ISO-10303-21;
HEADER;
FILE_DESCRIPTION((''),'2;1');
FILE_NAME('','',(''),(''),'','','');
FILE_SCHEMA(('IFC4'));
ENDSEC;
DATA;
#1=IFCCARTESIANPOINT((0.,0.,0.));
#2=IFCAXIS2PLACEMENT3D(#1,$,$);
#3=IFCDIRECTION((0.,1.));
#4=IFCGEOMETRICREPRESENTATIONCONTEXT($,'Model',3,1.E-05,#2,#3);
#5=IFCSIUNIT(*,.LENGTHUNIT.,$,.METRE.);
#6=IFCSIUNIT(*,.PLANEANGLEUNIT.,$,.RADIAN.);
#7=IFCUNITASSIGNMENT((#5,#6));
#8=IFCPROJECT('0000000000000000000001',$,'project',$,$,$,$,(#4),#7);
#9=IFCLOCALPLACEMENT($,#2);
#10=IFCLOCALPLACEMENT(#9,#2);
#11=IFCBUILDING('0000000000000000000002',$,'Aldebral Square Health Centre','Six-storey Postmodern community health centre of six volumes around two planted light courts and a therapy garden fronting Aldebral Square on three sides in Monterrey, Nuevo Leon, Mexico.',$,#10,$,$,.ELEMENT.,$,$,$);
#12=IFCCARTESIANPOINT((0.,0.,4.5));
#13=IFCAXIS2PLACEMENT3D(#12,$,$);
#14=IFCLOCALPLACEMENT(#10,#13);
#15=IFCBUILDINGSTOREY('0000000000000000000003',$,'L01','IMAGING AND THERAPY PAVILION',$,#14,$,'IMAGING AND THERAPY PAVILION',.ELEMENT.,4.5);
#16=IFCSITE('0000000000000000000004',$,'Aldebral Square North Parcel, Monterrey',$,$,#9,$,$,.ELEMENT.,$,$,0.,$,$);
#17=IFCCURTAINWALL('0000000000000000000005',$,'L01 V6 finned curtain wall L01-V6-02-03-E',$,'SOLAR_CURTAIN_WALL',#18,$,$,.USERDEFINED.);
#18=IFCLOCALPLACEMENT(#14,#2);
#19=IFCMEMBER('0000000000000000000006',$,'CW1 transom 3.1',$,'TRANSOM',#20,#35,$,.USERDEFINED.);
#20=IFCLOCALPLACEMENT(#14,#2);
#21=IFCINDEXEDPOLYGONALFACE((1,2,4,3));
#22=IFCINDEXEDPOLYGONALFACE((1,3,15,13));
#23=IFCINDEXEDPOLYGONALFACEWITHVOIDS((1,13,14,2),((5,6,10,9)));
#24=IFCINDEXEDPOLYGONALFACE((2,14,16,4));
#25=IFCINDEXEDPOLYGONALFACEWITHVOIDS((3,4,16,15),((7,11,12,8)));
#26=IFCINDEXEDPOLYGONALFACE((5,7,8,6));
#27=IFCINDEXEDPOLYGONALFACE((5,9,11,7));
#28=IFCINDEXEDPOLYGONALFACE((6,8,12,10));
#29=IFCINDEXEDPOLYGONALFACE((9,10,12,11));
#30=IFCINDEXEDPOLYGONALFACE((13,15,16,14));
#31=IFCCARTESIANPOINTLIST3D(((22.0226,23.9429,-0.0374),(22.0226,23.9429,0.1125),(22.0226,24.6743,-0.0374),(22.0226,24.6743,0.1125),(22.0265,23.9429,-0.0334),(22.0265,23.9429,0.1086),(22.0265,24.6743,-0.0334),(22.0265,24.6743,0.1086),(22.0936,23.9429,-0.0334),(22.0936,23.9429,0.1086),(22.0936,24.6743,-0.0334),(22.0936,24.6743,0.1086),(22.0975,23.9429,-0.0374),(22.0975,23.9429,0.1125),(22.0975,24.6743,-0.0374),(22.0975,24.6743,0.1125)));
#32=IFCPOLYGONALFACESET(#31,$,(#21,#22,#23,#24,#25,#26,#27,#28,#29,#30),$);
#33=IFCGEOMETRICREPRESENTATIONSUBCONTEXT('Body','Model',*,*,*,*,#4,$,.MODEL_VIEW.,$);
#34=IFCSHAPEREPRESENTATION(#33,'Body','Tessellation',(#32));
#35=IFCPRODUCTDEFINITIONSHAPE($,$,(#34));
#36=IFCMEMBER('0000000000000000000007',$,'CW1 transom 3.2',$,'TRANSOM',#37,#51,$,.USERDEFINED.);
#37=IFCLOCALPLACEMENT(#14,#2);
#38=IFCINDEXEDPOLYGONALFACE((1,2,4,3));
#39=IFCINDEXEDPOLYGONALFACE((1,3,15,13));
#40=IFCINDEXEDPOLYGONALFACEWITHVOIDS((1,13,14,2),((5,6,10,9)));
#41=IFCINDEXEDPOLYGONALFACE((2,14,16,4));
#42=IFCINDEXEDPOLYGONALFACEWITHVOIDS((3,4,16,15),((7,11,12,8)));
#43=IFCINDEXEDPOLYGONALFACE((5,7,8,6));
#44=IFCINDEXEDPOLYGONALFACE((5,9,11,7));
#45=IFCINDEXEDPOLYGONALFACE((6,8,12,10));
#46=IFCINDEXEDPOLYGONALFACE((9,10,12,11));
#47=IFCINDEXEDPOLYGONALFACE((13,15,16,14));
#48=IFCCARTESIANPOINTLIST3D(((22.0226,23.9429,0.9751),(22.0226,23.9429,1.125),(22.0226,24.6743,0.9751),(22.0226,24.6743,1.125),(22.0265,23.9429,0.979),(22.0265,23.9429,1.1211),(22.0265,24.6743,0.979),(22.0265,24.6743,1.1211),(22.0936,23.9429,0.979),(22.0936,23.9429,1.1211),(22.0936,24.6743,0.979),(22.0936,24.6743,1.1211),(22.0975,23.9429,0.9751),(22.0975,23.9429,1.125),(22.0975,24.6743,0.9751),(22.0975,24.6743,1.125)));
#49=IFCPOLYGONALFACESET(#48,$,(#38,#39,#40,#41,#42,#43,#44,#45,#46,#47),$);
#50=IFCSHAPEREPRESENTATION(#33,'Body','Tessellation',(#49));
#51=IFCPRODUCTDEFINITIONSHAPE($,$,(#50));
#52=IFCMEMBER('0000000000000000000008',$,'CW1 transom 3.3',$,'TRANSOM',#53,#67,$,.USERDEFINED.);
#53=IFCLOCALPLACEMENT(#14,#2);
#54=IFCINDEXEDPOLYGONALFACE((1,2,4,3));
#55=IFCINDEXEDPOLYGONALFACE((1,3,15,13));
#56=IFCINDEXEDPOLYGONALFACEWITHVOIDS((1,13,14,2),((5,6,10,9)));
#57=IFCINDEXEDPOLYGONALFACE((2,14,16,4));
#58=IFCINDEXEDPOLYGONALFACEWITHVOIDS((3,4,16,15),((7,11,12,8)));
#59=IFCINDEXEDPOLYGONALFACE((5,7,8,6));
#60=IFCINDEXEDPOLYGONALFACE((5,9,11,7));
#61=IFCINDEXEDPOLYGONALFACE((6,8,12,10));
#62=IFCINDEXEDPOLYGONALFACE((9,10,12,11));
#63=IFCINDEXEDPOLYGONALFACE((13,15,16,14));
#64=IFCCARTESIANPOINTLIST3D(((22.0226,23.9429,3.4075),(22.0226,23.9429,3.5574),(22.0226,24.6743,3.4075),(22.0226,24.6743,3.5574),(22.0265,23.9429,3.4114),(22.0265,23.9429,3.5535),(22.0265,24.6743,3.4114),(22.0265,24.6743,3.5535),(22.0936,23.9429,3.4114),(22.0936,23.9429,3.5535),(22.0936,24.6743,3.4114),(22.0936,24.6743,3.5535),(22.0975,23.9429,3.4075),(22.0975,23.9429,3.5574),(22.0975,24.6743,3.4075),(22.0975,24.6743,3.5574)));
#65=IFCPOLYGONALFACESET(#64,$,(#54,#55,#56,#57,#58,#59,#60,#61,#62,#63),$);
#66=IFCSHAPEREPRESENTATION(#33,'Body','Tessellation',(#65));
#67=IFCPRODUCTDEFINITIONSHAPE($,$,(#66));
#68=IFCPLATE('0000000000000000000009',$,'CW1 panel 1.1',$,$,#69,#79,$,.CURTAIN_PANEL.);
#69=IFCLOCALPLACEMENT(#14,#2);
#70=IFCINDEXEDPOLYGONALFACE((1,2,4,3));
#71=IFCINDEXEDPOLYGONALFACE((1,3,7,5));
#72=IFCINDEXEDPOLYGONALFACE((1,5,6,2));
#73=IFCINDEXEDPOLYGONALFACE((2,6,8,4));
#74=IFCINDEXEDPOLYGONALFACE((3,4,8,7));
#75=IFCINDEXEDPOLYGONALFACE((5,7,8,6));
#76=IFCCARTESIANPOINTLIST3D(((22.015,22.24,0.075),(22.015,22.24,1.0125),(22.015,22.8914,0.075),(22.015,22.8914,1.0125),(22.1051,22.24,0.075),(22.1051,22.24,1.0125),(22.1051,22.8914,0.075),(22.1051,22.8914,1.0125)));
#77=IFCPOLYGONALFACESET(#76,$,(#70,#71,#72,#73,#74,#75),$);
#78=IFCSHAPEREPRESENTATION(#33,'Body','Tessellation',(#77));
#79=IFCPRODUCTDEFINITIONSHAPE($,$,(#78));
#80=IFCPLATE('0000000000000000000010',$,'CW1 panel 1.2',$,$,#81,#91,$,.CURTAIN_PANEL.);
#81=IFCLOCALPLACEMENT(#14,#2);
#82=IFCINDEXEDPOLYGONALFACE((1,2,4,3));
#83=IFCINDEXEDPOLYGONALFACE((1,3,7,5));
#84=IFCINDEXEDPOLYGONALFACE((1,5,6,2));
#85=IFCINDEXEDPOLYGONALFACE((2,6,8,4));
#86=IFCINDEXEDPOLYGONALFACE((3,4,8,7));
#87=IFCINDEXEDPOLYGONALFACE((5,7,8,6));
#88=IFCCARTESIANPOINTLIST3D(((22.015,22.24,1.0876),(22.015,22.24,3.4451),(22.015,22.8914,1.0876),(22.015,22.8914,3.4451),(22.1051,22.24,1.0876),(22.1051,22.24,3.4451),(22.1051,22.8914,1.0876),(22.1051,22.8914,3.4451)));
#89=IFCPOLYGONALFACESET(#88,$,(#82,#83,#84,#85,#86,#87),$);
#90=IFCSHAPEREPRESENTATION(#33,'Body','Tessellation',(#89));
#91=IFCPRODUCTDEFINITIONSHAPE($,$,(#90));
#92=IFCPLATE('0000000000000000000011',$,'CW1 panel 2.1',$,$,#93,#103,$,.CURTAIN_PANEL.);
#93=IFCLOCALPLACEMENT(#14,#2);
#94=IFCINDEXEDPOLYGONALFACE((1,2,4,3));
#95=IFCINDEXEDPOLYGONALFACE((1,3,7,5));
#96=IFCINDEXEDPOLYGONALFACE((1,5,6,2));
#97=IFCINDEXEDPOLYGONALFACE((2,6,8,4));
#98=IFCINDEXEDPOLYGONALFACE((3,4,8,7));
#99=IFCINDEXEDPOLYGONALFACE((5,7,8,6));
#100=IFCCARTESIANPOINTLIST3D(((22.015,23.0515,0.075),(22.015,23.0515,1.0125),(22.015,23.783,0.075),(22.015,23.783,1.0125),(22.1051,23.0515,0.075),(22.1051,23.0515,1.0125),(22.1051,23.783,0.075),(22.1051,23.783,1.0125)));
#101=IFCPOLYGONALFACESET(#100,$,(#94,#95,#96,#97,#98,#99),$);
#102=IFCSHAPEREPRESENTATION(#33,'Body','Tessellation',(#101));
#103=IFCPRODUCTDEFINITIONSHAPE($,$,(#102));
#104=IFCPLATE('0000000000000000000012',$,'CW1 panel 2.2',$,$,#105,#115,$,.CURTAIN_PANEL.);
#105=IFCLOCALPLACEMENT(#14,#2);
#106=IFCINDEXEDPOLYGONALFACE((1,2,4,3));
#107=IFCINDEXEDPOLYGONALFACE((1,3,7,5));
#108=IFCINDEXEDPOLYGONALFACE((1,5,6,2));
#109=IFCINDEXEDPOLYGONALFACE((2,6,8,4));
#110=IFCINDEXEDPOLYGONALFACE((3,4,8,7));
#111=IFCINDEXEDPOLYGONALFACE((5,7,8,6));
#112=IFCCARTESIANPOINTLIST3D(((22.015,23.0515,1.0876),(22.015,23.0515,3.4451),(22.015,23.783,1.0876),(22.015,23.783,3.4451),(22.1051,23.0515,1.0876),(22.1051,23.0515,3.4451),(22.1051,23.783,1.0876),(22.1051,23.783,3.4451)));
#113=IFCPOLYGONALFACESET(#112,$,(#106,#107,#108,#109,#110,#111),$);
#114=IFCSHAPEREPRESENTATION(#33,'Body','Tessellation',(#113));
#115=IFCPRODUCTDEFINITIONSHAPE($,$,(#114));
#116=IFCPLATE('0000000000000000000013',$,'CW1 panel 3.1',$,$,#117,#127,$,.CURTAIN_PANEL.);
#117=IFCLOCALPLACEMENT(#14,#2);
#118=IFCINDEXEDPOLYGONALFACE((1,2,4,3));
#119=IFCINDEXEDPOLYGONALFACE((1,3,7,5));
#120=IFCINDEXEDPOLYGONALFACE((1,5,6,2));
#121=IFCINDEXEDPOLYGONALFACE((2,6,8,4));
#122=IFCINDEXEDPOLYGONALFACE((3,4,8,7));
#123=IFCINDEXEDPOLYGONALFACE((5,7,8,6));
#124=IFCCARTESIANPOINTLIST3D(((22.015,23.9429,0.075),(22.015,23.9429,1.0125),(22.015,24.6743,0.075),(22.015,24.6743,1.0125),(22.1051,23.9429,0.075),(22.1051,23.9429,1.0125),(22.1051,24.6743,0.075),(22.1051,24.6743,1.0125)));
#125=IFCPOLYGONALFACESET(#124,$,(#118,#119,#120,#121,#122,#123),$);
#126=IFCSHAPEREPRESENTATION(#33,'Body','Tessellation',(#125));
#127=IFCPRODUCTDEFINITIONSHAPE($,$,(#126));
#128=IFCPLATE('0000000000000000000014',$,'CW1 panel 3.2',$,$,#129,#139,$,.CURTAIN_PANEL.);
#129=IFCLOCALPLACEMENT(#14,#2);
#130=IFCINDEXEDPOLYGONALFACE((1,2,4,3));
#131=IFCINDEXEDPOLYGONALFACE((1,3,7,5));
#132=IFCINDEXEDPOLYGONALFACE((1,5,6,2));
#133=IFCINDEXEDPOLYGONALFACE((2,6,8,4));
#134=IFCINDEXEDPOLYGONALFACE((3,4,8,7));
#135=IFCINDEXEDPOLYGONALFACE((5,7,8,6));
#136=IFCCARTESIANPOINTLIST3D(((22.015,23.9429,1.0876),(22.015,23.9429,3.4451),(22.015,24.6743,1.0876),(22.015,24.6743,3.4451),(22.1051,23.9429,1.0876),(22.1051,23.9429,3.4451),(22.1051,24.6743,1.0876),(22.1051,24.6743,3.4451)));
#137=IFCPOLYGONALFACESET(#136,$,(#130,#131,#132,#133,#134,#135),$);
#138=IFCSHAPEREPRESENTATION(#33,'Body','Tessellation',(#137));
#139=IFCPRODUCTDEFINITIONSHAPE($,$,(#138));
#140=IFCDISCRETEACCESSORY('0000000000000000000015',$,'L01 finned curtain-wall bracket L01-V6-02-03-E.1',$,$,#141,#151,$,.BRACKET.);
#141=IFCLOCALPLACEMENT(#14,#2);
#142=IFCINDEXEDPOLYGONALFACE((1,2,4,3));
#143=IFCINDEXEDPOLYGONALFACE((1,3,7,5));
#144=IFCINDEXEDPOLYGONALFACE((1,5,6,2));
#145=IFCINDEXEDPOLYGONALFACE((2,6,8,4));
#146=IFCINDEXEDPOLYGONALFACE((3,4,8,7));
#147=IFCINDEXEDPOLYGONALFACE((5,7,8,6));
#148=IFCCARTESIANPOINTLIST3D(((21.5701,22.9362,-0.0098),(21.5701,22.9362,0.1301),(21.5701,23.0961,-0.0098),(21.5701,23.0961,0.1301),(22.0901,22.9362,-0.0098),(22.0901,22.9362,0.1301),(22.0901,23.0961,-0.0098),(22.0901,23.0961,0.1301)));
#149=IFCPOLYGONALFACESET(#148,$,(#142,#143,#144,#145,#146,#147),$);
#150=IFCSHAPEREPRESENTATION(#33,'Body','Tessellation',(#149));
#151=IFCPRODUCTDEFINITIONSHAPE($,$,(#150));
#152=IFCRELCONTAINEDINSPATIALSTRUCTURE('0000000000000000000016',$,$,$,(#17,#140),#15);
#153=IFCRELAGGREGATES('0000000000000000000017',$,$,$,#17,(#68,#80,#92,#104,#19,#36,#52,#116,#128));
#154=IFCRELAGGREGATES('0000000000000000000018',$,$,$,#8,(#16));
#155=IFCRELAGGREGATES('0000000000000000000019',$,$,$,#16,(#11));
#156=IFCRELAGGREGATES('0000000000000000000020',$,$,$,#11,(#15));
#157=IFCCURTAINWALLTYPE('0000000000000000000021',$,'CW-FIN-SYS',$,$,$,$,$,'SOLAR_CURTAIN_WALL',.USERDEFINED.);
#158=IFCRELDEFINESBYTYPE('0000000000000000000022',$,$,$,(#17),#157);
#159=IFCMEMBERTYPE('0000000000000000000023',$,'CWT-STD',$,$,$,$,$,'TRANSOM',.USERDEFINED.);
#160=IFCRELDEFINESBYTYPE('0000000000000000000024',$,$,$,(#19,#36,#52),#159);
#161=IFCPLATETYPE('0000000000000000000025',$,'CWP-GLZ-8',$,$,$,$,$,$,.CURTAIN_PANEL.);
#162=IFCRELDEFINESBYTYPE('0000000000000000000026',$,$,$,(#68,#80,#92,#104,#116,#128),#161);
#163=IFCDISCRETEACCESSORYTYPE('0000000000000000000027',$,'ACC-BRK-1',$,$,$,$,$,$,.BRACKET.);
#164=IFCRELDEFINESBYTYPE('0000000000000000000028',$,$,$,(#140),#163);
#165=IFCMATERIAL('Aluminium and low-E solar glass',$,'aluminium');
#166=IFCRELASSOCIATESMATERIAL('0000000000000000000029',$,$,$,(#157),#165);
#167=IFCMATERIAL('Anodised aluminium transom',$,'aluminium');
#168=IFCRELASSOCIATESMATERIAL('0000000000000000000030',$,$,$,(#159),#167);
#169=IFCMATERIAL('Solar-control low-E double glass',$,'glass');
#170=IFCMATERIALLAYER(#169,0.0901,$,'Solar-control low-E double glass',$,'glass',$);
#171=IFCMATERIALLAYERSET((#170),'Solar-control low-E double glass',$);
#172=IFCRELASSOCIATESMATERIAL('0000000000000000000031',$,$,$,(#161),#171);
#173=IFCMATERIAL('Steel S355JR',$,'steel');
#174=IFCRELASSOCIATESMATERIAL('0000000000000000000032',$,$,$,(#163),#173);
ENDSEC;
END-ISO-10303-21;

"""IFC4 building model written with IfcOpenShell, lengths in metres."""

from ifc_helpers import new_model, si_unit, direction, frame, origin, origin_2d, place, context, subcontext, project, spatial, rectangle, hollow_rectangle, extrude, material, layer, layer_set, material_profile, profile_set, type_object, element, aggregate, save


model = new_model("IFC4")

# Units and contexts
model_context = context("Model", 3, precision=1e-05, world=origin(), true_north=direction((0.0, 1.0)))
body_context = subcontext(model_context, "Body", "Model", "MODEL_VIEW")
ifc_project = project(units=[si_unit("LENGTHUNIT", "METRE"), si_unit("PLANEANGLEUNIT", "RADIAN")], contexts=[model_context])

# Site, building, storey
site_placement = place(None, origin())
site = spatial("IfcSite", under=ifc_project, at=site_placement, Name="Aldebral Square North Parcel, Monterrey", CompositionType="ELEMENT", RefElevation=0.0)
building_placement = place(site_placement, origin())
building = spatial("IfcBuilding", under=site, at=building_placement, Name="Aldebral Square Health Centre", Description="Six-storey Postmodern community health centre of six volumes around two planted light courts and a therapy garden fronting Aldebral Square on three sides in Monterrey, Nuevo Leon, Mexico.", CompositionType="ELEMENT")
storey_placement = place(building_placement, frame((0.0, 0.0, 4.5)))
storey = spatial("IfcBuildingStorey", under=building, at=storey_placement, Name="L01", Description="IMAGING AND THERAPY PAVILION", LongName="IMAGING AND THERAPY PAVILION", CompositionType="ELEMENT", Elevation=4.5)

# Shared definitions
ifc_material_1 = material(Name="Aluminium and low-E solar glass", Category="aluminium")
curtain_wall_type = type_object("IfcCurtainWallType", Name="CW-FIN-SYS", ElementType="SOLAR_CURTAIN_WALL", PredefinedType="USERDEFINED", material=ifc_material_1)

# Curtain wall, members, plates
curtain_wall_1_placement = place(storey_placement, origin())
curtain_wall_1 = element("IfcCurtainWall", 1, at=curtain_wall_1_placement, inside=storey, type_object=curtain_wall_type, Name="L01 V6 finned curtain wall L01-V6-02-03-E", ObjectType="SOLAR_CURTAIN_WALL", PredefinedType="USERDEFINED")
ifc_material_2 = material(Name="Anodised aluminium transom", Category="aluminium")
ifc_material_profile_1 = material_profile(ifc_material_2, hollow_rectangle(XDim=0.075, YDim=0.1499, WallThickness=0.0039, at=origin_2d()), Name="CWT 75x150x4")
ifc_profile_set_1 = profile_set([ifc_material_profile_1], Name="Anodised aluminium transom")
member_type_1 = type_object("IfcMemberType", Name="CWT-STD", ElementType="TRANSOM", PredefinedType="USERDEFINED", material=ifc_profile_set_1)
member_1_placement = place(storey_placement, frame((22.0601, 23.9429, 0.0376), z_axis=(0.0, 1.0, 0.0), x_axis=(-1.0, 0.0, 0.0)))
member_1 = element("IfcMember", 2, at=member_1_placement, type_object=member_type_1, Name="CW1 transom 3.1", ObjectType="TRANSOM", PredefinedType="USERDEFINED", context=body_context, shape_type="SweptSolid", body=[
    extrude(hollow_rectangle(XDim=0.075, YDim=0.1499, WallThickness=0.0039, at=origin_2d()), origin(), (0.0, 0.0, 1.0), 0.7314),
])
member_2_placement = place(storey_placement, frame((22.0601, 23.9429, 1.05), z_axis=(0.0, 1.0, 0.0), x_axis=(-1.0, 0.0, 0.0)))
member_2 = element("IfcMember", 3, at=member_2_placement, type_object=member_type_1, Name="CW1 transom 3.2", ObjectType="TRANSOM", PredefinedType="USERDEFINED", context=body_context, shape_type="SweptSolid", body=[
    extrude(hollow_rectangle(XDim=0.075, YDim=0.1499, WallThickness=0.0039, at=origin_2d()), origin(), (0.0, 0.0, 1.0), 0.7314),
])
member_3_placement = place(storey_placement, frame((22.0601, 23.9429, 3.4824), z_axis=(0.0, 1.0, 0.0), x_axis=(-1.0, 0.0, 0.0)))
member_3 = element("IfcMember", 4, at=member_3_placement, type_object=member_type_1, Name="CW1 transom 3.3", ObjectType="TRANSOM", PredefinedType="USERDEFINED", context=body_context, shape_type="SweptSolid", body=[
    extrude(hollow_rectangle(XDim=0.075, YDim=0.1499, WallThickness=0.0039, at=origin_2d()), origin(), (0.0, 0.0, 1.0), 0.7314),
])
ifc_material_3 = material(Name="Solar-control low-E double glass", Category="glass")
ifc_layer = layer(ifc_material_3, 0.0901, Name="Solar-control low-E double glass", Category="glass")
ifc_layer_set = layer_set([ifc_layer], Name="Solar-control low-E double glass")
plate_type = type_object("IfcPlateType", Name="CWP-GLZ-8", PredefinedType="CURTAIN_PANEL", material=ifc_layer_set)
plate_1_placement = place(storey_placement, frame((22.0601, 22.5657, 0.075), z_axis=(0.0, 0.0, 1.0), x_axis=(0.0, 1.0, 0.0)))
plate_1 = element("IfcPlate", 5, at=plate_1_placement, type_object=plate_type, Name="CW1 panel 1.1", PredefinedType="CURTAIN_PANEL", context=body_context, shape_type="SweptSolid", body=[
    extrude(rectangle(XDim=0.6514, YDim=0.0901, at=origin_2d()), origin(), (0.0, 0.0, 1.0), 0.9375),
])
plate_2_placement = place(storey_placement, frame((22.0601, 22.5657, 1.0876), z_axis=(0.0, 0.0, 1.0), x_axis=(0.0, 1.0, 0.0)))
plate_2 = element("IfcPlate", 6, at=plate_2_placement, type_object=plate_type, Name="CW1 panel 1.2", PredefinedType="CURTAIN_PANEL", context=body_context, shape_type="SweptSolid", body=[
    extrude(rectangle(XDim=0.6514, YDim=0.0901, at=origin_2d()), origin(), (0.0, 0.0, 1.0), 2.3574),
])
plate_3_placement = place(storey_placement, frame((22.0601, 23.4172, 0.075), z_axis=(0.0, 0.0, 1.0), x_axis=(0.0, 1.0, 0.0)))
plate_3 = element("IfcPlate", 7, at=plate_3_placement, type_object=plate_type, Name="CW1 panel 2.1", PredefinedType="CURTAIN_PANEL", context=body_context, shape_type="SweptSolid", body=[
    extrude(rectangle(XDim=0.7314, YDim=0.0901, at=origin_2d()), origin(), (0.0, 0.0, 1.0), 0.9375),
])
plate_4_placement = place(storey_placement, frame((22.0601, 23.4172, 1.0876), z_axis=(0.0, 0.0, 1.0), x_axis=(0.0, 1.0, 0.0)))
plate_4 = element("IfcPlate", 8, at=plate_4_placement, type_object=plate_type, Name="CW1 panel 2.2", PredefinedType="CURTAIN_PANEL", context=body_context, shape_type="SweptSolid", body=[
    extrude(rectangle(XDim=0.7314, YDim=0.0901, at=origin_2d()), origin(), (0.0, 0.0, 1.0), 2.3574),
])
plate_5_placement = place(storey_placement, frame((22.0601, 24.3086, 0.075), z_axis=(0.0, 0.0, 1.0), x_axis=(0.0, 1.0, 0.0)))
plate_5 = element("IfcPlate", 9, at=plate_5_placement, type_object=plate_type, Name="CW1 panel 3.1", PredefinedType="CURTAIN_PANEL", context=body_context, shape_type="SweptSolid", body=[
    extrude(rectangle(XDim=0.7314, YDim=0.0901, at=origin_2d()), origin(), (0.0, 0.0, 1.0), 0.9375),
])
plate_6_placement = place(storey_placement, frame((22.0601, 24.3086, 1.0876), z_axis=(0.0, 0.0, 1.0), x_axis=(0.0, 1.0, 0.0)))
plate_6 = element("IfcPlate", 10, at=plate_6_placement, type_object=plate_type, Name="CW1 panel 3.2", PredefinedType="CURTAIN_PANEL", context=body_context, shape_type="SweptSolid", body=[
    extrude(rectangle(XDim=0.7314, YDim=0.0901, at=origin_2d()), origin(), (0.0, 0.0, 1.0), 2.3574),
])
aggregate(curtain_wall_1, [plate_1, plate_2, plate_3, plate_4, member_1, member_2, member_3, plate_5, plate_6])

# Discrete accessory
ifc_material_4 = material(Name="Steel S355JR", Category="steel")
discrete_accessory_type = type_object("IfcDiscreteAccessoryType", Name="ACC-BRK-1", PredefinedType="BRACKET", material=ifc_material_4)
discrete_accessory_placement = place(storey_placement, frame((21.8301, 23.0161, -0.0098), z_axis=(0.0, 0.0, 1.0), x_axis=(0.0, 1.0, 0.0)))
element("IfcDiscreteAccessory", 11, at=discrete_accessory_placement, inside=storey, type_object=discrete_accessory_type, Name="L01 finned curtain-wall bracket L01-V6-02-03-E.1", PredefinedType="BRACKET", context=body_context, shape_type="SweptSolid", body=[
    extrude(rectangle(XDim=0.1599, YDim=0.52, at=origin_2d()), origin(), (0.0, 0.0, 1.0), 0.1399),
])

save(model, "model.ifc")
